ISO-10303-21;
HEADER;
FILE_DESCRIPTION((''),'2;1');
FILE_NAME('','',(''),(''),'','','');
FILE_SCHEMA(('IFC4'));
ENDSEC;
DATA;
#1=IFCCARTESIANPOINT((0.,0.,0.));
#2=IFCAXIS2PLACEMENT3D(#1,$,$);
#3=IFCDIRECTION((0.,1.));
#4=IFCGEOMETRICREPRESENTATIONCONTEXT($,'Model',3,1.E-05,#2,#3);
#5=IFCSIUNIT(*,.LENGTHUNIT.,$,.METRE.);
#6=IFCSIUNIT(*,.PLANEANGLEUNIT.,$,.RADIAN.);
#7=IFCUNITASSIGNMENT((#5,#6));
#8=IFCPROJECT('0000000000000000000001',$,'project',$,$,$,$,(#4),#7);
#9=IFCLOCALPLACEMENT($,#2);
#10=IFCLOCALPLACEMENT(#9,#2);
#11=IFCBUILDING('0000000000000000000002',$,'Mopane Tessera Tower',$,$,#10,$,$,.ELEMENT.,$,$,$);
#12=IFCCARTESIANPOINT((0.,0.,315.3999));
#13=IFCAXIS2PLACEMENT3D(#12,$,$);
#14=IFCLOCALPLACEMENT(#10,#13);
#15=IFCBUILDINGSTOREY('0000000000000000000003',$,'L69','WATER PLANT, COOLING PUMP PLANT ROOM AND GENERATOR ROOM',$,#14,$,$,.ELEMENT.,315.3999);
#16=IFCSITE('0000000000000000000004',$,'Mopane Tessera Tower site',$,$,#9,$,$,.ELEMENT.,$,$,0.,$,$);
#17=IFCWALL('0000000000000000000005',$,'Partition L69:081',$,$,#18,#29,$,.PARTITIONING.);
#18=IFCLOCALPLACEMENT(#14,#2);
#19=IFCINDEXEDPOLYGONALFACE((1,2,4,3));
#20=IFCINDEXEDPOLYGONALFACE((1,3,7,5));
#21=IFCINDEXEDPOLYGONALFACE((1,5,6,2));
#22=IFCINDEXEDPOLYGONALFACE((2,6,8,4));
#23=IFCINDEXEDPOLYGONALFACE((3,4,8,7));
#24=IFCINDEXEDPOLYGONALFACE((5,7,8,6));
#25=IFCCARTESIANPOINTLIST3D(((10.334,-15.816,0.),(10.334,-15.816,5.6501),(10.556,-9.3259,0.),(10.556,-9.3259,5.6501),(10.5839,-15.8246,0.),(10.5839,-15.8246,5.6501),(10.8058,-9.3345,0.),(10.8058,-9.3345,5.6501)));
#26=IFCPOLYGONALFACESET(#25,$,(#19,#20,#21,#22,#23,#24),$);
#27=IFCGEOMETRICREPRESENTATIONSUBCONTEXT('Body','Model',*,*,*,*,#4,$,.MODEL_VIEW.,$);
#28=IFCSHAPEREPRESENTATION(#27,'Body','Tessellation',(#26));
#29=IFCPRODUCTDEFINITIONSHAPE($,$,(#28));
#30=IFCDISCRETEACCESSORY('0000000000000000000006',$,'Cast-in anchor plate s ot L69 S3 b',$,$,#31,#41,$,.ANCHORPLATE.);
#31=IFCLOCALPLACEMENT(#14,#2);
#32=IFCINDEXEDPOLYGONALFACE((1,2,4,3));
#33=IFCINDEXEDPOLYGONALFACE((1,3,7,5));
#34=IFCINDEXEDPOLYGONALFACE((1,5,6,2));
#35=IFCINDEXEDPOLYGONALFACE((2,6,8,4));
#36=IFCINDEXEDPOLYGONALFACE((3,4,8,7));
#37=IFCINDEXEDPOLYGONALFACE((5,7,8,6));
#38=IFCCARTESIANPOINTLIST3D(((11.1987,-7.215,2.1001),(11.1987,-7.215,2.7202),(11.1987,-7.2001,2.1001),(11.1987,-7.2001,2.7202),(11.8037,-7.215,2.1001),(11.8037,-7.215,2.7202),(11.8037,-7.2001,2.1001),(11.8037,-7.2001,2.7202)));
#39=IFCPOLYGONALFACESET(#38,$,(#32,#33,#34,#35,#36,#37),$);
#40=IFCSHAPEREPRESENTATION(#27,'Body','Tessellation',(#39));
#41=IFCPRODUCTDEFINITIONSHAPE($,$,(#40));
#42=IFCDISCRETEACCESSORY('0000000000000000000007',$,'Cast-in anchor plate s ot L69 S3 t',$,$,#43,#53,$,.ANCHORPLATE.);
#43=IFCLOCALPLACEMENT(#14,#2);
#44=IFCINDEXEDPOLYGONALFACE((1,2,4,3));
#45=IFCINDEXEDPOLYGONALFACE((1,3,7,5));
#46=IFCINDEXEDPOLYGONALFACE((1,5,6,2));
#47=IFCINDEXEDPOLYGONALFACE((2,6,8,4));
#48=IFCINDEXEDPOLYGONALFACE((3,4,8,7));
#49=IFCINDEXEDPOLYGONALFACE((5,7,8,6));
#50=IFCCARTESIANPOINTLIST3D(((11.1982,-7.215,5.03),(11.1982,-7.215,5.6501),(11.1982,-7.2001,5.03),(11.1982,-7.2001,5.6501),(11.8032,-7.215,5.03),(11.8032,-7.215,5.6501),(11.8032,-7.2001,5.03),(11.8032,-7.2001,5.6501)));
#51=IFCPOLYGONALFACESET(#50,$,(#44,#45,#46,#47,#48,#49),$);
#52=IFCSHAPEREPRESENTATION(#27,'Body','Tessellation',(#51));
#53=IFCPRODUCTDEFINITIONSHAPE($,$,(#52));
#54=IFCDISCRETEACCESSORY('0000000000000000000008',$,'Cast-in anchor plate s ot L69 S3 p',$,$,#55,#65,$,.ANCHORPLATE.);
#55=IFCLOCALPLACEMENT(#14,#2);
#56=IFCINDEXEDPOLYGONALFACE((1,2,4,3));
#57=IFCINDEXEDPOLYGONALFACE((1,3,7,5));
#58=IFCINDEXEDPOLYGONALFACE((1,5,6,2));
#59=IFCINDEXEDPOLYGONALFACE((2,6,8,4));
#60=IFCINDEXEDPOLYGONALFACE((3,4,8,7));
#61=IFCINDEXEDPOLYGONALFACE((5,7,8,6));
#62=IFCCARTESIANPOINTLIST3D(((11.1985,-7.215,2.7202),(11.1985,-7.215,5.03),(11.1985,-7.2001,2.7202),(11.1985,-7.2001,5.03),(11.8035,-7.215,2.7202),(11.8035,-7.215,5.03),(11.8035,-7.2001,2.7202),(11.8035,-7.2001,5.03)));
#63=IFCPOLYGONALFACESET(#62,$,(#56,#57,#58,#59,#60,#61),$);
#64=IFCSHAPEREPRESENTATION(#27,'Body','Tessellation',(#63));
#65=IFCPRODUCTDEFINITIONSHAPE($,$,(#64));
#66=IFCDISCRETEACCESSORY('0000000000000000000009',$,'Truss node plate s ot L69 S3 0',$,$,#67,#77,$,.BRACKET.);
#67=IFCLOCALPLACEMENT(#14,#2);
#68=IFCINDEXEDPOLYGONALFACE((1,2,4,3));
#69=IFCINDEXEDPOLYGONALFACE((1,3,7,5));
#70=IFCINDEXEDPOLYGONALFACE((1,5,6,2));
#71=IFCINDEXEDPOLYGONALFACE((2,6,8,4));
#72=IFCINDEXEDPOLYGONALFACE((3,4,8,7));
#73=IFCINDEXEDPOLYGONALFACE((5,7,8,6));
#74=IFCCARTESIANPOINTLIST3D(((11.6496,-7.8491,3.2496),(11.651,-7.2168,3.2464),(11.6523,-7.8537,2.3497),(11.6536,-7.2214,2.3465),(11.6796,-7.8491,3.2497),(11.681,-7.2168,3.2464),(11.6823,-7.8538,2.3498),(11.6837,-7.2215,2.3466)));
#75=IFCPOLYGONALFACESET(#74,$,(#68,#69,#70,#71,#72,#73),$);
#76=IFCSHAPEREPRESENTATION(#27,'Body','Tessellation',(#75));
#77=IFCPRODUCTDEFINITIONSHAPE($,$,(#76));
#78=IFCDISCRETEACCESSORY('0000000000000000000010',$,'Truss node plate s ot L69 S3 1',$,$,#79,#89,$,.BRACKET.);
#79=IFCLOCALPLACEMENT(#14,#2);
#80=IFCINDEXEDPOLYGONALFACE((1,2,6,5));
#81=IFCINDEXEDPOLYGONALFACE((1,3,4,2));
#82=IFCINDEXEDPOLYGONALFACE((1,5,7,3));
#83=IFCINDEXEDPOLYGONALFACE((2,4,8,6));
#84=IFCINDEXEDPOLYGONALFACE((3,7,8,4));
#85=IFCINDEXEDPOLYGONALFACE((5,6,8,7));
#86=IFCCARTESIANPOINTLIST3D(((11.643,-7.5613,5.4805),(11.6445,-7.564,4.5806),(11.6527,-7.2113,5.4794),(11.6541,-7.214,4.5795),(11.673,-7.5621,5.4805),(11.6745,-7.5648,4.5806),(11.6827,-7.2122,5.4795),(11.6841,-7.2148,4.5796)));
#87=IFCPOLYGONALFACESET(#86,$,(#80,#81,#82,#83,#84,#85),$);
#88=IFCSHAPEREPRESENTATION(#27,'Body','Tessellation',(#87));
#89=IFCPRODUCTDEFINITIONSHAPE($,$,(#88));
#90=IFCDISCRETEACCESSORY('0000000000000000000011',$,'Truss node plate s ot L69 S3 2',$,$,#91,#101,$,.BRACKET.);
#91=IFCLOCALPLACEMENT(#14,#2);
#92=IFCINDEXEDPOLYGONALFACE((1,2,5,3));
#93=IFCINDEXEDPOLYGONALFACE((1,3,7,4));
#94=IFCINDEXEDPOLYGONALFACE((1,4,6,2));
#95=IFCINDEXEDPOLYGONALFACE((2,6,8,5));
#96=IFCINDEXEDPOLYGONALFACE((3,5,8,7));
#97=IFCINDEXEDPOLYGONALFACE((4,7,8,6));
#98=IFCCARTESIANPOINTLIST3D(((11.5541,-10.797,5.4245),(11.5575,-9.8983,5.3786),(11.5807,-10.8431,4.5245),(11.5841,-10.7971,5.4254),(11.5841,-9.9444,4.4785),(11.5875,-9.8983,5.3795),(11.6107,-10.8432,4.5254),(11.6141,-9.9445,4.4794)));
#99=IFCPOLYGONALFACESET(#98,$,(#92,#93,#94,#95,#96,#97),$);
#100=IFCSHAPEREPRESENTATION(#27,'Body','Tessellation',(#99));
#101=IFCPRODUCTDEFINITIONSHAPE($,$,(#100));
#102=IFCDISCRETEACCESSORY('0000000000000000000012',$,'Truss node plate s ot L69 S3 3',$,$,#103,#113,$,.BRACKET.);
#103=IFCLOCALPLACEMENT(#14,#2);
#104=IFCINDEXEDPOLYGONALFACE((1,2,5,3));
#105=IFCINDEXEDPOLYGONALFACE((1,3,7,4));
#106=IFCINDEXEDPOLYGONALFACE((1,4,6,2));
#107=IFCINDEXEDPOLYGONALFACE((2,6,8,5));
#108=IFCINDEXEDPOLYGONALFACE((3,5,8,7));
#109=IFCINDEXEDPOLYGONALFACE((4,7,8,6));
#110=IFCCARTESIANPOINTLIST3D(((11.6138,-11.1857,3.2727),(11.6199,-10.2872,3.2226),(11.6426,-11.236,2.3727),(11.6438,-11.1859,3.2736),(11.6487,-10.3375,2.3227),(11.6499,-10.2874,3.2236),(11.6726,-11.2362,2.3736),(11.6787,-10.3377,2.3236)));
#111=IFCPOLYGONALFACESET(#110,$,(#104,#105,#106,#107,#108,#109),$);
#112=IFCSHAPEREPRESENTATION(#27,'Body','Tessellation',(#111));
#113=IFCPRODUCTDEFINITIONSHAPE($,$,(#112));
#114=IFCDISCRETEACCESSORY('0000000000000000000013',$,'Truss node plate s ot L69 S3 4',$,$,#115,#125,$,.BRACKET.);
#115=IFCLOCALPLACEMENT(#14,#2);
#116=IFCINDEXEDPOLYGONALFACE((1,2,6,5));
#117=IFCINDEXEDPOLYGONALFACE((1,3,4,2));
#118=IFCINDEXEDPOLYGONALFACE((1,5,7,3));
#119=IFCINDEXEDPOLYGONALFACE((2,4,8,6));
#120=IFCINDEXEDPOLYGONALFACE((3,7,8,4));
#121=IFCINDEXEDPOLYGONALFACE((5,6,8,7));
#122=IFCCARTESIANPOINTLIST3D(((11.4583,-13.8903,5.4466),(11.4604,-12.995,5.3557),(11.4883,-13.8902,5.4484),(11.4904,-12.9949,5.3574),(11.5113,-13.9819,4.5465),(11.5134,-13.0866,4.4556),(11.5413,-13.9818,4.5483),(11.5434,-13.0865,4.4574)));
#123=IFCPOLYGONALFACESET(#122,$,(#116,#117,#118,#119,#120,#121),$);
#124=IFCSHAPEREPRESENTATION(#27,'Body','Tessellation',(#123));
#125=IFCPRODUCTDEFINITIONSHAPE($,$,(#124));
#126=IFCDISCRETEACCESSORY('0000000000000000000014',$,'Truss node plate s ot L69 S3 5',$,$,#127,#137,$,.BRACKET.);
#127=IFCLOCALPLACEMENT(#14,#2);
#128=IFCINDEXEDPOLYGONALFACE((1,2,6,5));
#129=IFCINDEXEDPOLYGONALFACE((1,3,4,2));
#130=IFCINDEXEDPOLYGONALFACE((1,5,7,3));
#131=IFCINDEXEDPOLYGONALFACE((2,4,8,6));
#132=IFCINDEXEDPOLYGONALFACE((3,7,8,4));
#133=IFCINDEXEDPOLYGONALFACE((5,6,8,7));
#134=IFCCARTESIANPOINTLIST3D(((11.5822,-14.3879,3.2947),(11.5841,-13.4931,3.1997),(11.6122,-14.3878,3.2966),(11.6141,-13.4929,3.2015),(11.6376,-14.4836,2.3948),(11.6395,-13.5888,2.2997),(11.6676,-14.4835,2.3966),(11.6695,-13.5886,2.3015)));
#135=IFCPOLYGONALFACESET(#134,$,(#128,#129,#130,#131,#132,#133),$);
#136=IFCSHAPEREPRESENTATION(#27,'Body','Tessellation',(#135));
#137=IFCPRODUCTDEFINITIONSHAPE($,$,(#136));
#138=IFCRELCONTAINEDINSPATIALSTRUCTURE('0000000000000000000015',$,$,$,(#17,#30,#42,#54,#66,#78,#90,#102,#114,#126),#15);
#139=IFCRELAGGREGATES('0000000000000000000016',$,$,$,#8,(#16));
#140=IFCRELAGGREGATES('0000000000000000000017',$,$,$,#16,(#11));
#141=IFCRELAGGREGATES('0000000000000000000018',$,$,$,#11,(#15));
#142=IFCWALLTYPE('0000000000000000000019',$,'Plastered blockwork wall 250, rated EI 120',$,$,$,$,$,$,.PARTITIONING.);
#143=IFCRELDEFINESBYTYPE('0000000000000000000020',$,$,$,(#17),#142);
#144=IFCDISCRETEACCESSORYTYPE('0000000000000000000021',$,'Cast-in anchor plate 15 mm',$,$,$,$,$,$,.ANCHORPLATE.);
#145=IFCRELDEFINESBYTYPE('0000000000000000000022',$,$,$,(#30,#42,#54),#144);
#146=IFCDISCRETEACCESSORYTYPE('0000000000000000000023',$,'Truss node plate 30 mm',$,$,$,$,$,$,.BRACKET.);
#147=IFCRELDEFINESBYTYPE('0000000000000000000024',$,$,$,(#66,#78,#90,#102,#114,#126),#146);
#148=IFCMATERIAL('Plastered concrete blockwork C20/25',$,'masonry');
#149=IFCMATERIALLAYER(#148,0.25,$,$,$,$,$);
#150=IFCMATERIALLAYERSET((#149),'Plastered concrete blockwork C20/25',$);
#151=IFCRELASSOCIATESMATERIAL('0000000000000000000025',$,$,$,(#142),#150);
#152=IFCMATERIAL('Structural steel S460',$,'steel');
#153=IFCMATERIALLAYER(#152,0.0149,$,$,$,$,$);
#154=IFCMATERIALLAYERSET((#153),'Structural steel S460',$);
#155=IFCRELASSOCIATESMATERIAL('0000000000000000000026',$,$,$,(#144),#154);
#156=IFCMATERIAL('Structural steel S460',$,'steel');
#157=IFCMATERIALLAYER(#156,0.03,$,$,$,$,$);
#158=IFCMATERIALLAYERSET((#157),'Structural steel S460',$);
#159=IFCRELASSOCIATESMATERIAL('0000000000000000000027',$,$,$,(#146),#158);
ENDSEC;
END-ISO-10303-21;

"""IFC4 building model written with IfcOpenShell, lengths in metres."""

from ifc_helpers import new_model, si_unit, direction, frame, frame_2d, origin, origin_2d, place, context, subcontext, project, spatial, rectangle, extrude, material, layer, layer_set, type_object, element, save


model = new_model("IFC4")

# Units and contexts
model_context = context("Model", 3, precision=1e-05, world=origin(), true_north=direction((0.0, 1.0)))
body_context = subcontext(model_context, "Body", "Model", "MODEL_VIEW")
ifc_project = project(units=[si_unit("LENGTHUNIT", "METRE"), si_unit("PLANEANGLEUNIT", "RADIAN")], contexts=[model_context])

# Site, building, storey
site_placement = place(None, origin())
site = spatial("IfcSite", under=ifc_project, at=site_placement, Name="Mopane Tessera Tower site", CompositionType="ELEMENT", RefElevation=0.0)
building_placement = place(site_placement, origin())
building = spatial("IfcBuilding", under=site, at=building_placement, Name="Mopane Tessera Tower", CompositionType="ELEMENT")
storey_placement = place(building_placement, frame((0.0, 0.0, 315.3999)))
storey = spatial("IfcBuildingStorey", under=building, at=storey_placement, Name="L69", Description="WATER PLANT, COOLING PUMP PLANT ROOM AND GENERATOR ROOM", CompositionType="ELEMENT", Elevation=315.3999)

# Shared definitions
ifc_material_1 = material(Name="Plastered concrete blockwork C20/25", Category="masonry")
ifc_layer_1 = layer(ifc_material_1, 0.25)
ifc_layer_set_1 = layer_set([ifc_layer_1], Name="Plastered concrete blockwork C20/25")
wall_type_1 = type_object("IfcWallType", Name="Plastered blockwork wall 250, rated EI 120", PredefinedType="PARTITIONING", material=ifc_layer_set_1)

# Wall
wall_1_placement = place(storey_placement, frame((10.6809, -9.3301, 0.0), z_axis=(0.0, 0.0, 1.0), x_axis=(-0.034175, -0.999416, 0.0)))
element("IfcWall", 1, at=wall_1_placement, inside=storey, type_object=wall_type_1, Name="Partition L69:081", PredefinedType="PARTITIONING", context=body_context, shape_type="SweptSolid", body=[
    extrude(rectangle(XDim=6.4939, YDim=0.25, at=frame_2d((3.2471, 0.0))), origin(), (0.0, 0.0, 1.0), 5.6501),
])

# Discrete accessories
ifc_material_2 = material(Name="Structural steel S460", Category="steel")
ifc_layer_2 = layer(ifc_material_2, 0.0149)
ifc_layer_set_2 = layer_set([ifc_layer_2], Name="Structural steel S460")
discrete_accessory_type_1 = type_object("IfcDiscreteAccessoryType", Name="Cast-in anchor plate 15 mm", PredefinedType="ANCHORPLATE", material=ifc_layer_set_2)
for number, where, z_axis, x_axis, name in (
    (2, (11.5012, -7.2075, 2.1001), (0.0, 0.0, 1.0), (0.0, -1.0, 0.0), "Cast-in anchor plate s ot L69 S3 b"),
    (3, (11.5007, -7.2075, 5.03), (0.0, 0.0, 1.0), (0.0, -1.0, 0.0), "Cast-in anchor plate s ot L69 S3 t"),
):
    element("IfcDiscreteAccessory", number, at=place(storey_placement, frame(where, z_axis=z_axis, x_axis=x_axis)), inside=storey, type_object=discrete_accessory_type_1, Name=name, PredefinedType="ANCHORPLATE", context=body_context, shape_type="SweptSolid", body=[
        extrude(rectangle(XDim=0.0149, YDim=0.605, at=origin_2d()), origin(), (0.0, 0.0, 1.0), 0.6201),
    ])
discrete_accessory_1_placement = place(storey_placement, frame((11.501, -7.2075, 2.7202), z_axis=(0.0, 0.0, 1.0), x_axis=(0.0, -1.0, 0.0)))
element("IfcDiscreteAccessory", 4, at=discrete_accessory_1_placement, inside=storey, type_object=discrete_accessory_type_1, Name="Cast-in anchor plate s ot L69 S3 p", PredefinedType="ANCHORPLATE", context=body_context, shape_type="SweptSolid", body=[
    extrude(rectangle(XDim=0.0149, YDim=0.605, at=origin_2d()), origin(), (0.0, 0.0, 1.0), 2.3098),
])
ifc_material_3 = material(Name="Structural steel S460", Category="steel")
ifc_layer_3 = layer(ifc_material_3, 0.03)
ifc_layer_set_3 = layer_set([ifc_layer_3], Name="Structural steel S460")
discrete_accessory_type_2 = type_object("IfcDiscreteAccessoryType", Name="Truss node plate 30 mm", PredefinedType="BRACKET", material=ifc_layer_set_3)
discrete_accessory_2_placement = place(storey_placement, frame((11.668, -7.5376, 2.3481), z_axis=(-0.002984, 0.005155, 0.999982), x_axis=(0.999993, -0.00215, 0.002995)))
element("IfcDiscreteAccessory", 5, at=discrete_accessory_2_placement, inside=storey, type_object=discrete_accessory_type_2, Name="Truss node plate s ot L69 S3 0", PredefinedType="BRACKET", context=body_context, shape_type="SweptSolid", body=[
    extrude(rectangle(XDim=0.03, YDim=0.6323, at=origin_2d()), origin(), (0.0, 0.0, 1.0), 0.8999),
])
discrete_accessory_3_placement = place(storey_placement, frame((11.6643, -7.3894, 4.5801), z_axis=(-0.001628, 0.002984, 0.999994), x_axis=(0.999617, -0.027606, 0.00171)))
element("IfcDiscreteAccessory", 6, at=discrete_accessory_3_placement, inside=storey, type_object=discrete_accessory_type_2, Name="Truss node plate s ot L69 S3 1", PredefinedType="BRACKET", context=body_context, shape_type="SweptSolid", body=[
    extrude(rectangle(XDim=0.03, YDim=0.3501, at=origin_2d()), origin(), (0.0, 0.0, 1.0), 0.8999),
])
discrete_accessory_4_placement = place(storey_placement, frame((11.5974, -10.3938, 4.502), z_axis=(-0.029512, 0.051172, 0.998254), x_axis=(0.999557, -0.002315, 0.029669)))
element("IfcDiscreteAccessory", 7, at=discrete_accessory_4_placement, inside=storey, type_object=discrete_accessory_type_2, Name="Truss node plate s ot L69 S3 2", PredefinedType="BRACKET", context=body_context, shape_type="SweptSolid", body=[
    extrude(rectangle(XDim=0.03, YDim=0.8999, at=origin_2d()), origin(), (0.0, 0.0, 1.0), 0.9016),
])
discrete_accessory_5_placement = place(storey_placement, frame((11.6606, -10.7869, 2.3481), z_axis=(-0.031947, 0.055772, 0.997932), x_axis=(0.999467, -0.004973, 0.032274)))
element("IfcDiscreteAccessory", 8, at=discrete_accessory_5_placement, inside=storey, type_object=discrete_accessory_type_2, Name="Truss node plate s ot L69 S3 3", PredefinedType="BRACKET", context=body_context, shape_type="SweptSolid", body=[
    extrude(rectangle(XDim=0.03, YDim=0.8999, at=origin_2d()), origin(), (0.0, 0.0, 1.0), 0.9019),
])
discrete_accessory_6_placement = place(storey_placement, frame((11.5273, -13.5342, 4.502), z_axis=(-0.058453, 0.101014, 0.993166), x_axis=(0.998287, 0.00356, 0.058393)))
element("IfcDiscreteAccessory", 9, at=discrete_accessory_6_placement, inside=storey, type_object=discrete_accessory_type_2, Name="Truss node plate s ot L69 S3 4", PredefinedType="BRACKET", context=body_context, shape_type="SweptSolid", body=[
    extrude(rectangle(XDim=0.03, YDim=0.8999, at=origin_2d()), origin(), (0.0, 0.0, 1.0), 0.9062),
])
discrete_accessory_7_placement = place(storey_placement, frame((11.6536, -14.0361, 2.3481), z_axis=(-0.061125, 0.105554, 0.992533), x_axis=(0.998128, 0.004403, 0.061001)))
element("IfcDiscreteAccessory", 10, at=discrete_accessory_7_placement, inside=storey, type_object=discrete_accessory_type_2, Name="Truss node plate s ot L69 S3 5", PredefinedType="BRACKET", context=body_context, shape_type="SweptSolid", body=[
    extrude(rectangle(XDim=0.03, YDim=0.8999, at=origin_2d()), origin(), (0.0, 0.0, 1.0), 0.9067),
])

save(model, "model.ifc")
